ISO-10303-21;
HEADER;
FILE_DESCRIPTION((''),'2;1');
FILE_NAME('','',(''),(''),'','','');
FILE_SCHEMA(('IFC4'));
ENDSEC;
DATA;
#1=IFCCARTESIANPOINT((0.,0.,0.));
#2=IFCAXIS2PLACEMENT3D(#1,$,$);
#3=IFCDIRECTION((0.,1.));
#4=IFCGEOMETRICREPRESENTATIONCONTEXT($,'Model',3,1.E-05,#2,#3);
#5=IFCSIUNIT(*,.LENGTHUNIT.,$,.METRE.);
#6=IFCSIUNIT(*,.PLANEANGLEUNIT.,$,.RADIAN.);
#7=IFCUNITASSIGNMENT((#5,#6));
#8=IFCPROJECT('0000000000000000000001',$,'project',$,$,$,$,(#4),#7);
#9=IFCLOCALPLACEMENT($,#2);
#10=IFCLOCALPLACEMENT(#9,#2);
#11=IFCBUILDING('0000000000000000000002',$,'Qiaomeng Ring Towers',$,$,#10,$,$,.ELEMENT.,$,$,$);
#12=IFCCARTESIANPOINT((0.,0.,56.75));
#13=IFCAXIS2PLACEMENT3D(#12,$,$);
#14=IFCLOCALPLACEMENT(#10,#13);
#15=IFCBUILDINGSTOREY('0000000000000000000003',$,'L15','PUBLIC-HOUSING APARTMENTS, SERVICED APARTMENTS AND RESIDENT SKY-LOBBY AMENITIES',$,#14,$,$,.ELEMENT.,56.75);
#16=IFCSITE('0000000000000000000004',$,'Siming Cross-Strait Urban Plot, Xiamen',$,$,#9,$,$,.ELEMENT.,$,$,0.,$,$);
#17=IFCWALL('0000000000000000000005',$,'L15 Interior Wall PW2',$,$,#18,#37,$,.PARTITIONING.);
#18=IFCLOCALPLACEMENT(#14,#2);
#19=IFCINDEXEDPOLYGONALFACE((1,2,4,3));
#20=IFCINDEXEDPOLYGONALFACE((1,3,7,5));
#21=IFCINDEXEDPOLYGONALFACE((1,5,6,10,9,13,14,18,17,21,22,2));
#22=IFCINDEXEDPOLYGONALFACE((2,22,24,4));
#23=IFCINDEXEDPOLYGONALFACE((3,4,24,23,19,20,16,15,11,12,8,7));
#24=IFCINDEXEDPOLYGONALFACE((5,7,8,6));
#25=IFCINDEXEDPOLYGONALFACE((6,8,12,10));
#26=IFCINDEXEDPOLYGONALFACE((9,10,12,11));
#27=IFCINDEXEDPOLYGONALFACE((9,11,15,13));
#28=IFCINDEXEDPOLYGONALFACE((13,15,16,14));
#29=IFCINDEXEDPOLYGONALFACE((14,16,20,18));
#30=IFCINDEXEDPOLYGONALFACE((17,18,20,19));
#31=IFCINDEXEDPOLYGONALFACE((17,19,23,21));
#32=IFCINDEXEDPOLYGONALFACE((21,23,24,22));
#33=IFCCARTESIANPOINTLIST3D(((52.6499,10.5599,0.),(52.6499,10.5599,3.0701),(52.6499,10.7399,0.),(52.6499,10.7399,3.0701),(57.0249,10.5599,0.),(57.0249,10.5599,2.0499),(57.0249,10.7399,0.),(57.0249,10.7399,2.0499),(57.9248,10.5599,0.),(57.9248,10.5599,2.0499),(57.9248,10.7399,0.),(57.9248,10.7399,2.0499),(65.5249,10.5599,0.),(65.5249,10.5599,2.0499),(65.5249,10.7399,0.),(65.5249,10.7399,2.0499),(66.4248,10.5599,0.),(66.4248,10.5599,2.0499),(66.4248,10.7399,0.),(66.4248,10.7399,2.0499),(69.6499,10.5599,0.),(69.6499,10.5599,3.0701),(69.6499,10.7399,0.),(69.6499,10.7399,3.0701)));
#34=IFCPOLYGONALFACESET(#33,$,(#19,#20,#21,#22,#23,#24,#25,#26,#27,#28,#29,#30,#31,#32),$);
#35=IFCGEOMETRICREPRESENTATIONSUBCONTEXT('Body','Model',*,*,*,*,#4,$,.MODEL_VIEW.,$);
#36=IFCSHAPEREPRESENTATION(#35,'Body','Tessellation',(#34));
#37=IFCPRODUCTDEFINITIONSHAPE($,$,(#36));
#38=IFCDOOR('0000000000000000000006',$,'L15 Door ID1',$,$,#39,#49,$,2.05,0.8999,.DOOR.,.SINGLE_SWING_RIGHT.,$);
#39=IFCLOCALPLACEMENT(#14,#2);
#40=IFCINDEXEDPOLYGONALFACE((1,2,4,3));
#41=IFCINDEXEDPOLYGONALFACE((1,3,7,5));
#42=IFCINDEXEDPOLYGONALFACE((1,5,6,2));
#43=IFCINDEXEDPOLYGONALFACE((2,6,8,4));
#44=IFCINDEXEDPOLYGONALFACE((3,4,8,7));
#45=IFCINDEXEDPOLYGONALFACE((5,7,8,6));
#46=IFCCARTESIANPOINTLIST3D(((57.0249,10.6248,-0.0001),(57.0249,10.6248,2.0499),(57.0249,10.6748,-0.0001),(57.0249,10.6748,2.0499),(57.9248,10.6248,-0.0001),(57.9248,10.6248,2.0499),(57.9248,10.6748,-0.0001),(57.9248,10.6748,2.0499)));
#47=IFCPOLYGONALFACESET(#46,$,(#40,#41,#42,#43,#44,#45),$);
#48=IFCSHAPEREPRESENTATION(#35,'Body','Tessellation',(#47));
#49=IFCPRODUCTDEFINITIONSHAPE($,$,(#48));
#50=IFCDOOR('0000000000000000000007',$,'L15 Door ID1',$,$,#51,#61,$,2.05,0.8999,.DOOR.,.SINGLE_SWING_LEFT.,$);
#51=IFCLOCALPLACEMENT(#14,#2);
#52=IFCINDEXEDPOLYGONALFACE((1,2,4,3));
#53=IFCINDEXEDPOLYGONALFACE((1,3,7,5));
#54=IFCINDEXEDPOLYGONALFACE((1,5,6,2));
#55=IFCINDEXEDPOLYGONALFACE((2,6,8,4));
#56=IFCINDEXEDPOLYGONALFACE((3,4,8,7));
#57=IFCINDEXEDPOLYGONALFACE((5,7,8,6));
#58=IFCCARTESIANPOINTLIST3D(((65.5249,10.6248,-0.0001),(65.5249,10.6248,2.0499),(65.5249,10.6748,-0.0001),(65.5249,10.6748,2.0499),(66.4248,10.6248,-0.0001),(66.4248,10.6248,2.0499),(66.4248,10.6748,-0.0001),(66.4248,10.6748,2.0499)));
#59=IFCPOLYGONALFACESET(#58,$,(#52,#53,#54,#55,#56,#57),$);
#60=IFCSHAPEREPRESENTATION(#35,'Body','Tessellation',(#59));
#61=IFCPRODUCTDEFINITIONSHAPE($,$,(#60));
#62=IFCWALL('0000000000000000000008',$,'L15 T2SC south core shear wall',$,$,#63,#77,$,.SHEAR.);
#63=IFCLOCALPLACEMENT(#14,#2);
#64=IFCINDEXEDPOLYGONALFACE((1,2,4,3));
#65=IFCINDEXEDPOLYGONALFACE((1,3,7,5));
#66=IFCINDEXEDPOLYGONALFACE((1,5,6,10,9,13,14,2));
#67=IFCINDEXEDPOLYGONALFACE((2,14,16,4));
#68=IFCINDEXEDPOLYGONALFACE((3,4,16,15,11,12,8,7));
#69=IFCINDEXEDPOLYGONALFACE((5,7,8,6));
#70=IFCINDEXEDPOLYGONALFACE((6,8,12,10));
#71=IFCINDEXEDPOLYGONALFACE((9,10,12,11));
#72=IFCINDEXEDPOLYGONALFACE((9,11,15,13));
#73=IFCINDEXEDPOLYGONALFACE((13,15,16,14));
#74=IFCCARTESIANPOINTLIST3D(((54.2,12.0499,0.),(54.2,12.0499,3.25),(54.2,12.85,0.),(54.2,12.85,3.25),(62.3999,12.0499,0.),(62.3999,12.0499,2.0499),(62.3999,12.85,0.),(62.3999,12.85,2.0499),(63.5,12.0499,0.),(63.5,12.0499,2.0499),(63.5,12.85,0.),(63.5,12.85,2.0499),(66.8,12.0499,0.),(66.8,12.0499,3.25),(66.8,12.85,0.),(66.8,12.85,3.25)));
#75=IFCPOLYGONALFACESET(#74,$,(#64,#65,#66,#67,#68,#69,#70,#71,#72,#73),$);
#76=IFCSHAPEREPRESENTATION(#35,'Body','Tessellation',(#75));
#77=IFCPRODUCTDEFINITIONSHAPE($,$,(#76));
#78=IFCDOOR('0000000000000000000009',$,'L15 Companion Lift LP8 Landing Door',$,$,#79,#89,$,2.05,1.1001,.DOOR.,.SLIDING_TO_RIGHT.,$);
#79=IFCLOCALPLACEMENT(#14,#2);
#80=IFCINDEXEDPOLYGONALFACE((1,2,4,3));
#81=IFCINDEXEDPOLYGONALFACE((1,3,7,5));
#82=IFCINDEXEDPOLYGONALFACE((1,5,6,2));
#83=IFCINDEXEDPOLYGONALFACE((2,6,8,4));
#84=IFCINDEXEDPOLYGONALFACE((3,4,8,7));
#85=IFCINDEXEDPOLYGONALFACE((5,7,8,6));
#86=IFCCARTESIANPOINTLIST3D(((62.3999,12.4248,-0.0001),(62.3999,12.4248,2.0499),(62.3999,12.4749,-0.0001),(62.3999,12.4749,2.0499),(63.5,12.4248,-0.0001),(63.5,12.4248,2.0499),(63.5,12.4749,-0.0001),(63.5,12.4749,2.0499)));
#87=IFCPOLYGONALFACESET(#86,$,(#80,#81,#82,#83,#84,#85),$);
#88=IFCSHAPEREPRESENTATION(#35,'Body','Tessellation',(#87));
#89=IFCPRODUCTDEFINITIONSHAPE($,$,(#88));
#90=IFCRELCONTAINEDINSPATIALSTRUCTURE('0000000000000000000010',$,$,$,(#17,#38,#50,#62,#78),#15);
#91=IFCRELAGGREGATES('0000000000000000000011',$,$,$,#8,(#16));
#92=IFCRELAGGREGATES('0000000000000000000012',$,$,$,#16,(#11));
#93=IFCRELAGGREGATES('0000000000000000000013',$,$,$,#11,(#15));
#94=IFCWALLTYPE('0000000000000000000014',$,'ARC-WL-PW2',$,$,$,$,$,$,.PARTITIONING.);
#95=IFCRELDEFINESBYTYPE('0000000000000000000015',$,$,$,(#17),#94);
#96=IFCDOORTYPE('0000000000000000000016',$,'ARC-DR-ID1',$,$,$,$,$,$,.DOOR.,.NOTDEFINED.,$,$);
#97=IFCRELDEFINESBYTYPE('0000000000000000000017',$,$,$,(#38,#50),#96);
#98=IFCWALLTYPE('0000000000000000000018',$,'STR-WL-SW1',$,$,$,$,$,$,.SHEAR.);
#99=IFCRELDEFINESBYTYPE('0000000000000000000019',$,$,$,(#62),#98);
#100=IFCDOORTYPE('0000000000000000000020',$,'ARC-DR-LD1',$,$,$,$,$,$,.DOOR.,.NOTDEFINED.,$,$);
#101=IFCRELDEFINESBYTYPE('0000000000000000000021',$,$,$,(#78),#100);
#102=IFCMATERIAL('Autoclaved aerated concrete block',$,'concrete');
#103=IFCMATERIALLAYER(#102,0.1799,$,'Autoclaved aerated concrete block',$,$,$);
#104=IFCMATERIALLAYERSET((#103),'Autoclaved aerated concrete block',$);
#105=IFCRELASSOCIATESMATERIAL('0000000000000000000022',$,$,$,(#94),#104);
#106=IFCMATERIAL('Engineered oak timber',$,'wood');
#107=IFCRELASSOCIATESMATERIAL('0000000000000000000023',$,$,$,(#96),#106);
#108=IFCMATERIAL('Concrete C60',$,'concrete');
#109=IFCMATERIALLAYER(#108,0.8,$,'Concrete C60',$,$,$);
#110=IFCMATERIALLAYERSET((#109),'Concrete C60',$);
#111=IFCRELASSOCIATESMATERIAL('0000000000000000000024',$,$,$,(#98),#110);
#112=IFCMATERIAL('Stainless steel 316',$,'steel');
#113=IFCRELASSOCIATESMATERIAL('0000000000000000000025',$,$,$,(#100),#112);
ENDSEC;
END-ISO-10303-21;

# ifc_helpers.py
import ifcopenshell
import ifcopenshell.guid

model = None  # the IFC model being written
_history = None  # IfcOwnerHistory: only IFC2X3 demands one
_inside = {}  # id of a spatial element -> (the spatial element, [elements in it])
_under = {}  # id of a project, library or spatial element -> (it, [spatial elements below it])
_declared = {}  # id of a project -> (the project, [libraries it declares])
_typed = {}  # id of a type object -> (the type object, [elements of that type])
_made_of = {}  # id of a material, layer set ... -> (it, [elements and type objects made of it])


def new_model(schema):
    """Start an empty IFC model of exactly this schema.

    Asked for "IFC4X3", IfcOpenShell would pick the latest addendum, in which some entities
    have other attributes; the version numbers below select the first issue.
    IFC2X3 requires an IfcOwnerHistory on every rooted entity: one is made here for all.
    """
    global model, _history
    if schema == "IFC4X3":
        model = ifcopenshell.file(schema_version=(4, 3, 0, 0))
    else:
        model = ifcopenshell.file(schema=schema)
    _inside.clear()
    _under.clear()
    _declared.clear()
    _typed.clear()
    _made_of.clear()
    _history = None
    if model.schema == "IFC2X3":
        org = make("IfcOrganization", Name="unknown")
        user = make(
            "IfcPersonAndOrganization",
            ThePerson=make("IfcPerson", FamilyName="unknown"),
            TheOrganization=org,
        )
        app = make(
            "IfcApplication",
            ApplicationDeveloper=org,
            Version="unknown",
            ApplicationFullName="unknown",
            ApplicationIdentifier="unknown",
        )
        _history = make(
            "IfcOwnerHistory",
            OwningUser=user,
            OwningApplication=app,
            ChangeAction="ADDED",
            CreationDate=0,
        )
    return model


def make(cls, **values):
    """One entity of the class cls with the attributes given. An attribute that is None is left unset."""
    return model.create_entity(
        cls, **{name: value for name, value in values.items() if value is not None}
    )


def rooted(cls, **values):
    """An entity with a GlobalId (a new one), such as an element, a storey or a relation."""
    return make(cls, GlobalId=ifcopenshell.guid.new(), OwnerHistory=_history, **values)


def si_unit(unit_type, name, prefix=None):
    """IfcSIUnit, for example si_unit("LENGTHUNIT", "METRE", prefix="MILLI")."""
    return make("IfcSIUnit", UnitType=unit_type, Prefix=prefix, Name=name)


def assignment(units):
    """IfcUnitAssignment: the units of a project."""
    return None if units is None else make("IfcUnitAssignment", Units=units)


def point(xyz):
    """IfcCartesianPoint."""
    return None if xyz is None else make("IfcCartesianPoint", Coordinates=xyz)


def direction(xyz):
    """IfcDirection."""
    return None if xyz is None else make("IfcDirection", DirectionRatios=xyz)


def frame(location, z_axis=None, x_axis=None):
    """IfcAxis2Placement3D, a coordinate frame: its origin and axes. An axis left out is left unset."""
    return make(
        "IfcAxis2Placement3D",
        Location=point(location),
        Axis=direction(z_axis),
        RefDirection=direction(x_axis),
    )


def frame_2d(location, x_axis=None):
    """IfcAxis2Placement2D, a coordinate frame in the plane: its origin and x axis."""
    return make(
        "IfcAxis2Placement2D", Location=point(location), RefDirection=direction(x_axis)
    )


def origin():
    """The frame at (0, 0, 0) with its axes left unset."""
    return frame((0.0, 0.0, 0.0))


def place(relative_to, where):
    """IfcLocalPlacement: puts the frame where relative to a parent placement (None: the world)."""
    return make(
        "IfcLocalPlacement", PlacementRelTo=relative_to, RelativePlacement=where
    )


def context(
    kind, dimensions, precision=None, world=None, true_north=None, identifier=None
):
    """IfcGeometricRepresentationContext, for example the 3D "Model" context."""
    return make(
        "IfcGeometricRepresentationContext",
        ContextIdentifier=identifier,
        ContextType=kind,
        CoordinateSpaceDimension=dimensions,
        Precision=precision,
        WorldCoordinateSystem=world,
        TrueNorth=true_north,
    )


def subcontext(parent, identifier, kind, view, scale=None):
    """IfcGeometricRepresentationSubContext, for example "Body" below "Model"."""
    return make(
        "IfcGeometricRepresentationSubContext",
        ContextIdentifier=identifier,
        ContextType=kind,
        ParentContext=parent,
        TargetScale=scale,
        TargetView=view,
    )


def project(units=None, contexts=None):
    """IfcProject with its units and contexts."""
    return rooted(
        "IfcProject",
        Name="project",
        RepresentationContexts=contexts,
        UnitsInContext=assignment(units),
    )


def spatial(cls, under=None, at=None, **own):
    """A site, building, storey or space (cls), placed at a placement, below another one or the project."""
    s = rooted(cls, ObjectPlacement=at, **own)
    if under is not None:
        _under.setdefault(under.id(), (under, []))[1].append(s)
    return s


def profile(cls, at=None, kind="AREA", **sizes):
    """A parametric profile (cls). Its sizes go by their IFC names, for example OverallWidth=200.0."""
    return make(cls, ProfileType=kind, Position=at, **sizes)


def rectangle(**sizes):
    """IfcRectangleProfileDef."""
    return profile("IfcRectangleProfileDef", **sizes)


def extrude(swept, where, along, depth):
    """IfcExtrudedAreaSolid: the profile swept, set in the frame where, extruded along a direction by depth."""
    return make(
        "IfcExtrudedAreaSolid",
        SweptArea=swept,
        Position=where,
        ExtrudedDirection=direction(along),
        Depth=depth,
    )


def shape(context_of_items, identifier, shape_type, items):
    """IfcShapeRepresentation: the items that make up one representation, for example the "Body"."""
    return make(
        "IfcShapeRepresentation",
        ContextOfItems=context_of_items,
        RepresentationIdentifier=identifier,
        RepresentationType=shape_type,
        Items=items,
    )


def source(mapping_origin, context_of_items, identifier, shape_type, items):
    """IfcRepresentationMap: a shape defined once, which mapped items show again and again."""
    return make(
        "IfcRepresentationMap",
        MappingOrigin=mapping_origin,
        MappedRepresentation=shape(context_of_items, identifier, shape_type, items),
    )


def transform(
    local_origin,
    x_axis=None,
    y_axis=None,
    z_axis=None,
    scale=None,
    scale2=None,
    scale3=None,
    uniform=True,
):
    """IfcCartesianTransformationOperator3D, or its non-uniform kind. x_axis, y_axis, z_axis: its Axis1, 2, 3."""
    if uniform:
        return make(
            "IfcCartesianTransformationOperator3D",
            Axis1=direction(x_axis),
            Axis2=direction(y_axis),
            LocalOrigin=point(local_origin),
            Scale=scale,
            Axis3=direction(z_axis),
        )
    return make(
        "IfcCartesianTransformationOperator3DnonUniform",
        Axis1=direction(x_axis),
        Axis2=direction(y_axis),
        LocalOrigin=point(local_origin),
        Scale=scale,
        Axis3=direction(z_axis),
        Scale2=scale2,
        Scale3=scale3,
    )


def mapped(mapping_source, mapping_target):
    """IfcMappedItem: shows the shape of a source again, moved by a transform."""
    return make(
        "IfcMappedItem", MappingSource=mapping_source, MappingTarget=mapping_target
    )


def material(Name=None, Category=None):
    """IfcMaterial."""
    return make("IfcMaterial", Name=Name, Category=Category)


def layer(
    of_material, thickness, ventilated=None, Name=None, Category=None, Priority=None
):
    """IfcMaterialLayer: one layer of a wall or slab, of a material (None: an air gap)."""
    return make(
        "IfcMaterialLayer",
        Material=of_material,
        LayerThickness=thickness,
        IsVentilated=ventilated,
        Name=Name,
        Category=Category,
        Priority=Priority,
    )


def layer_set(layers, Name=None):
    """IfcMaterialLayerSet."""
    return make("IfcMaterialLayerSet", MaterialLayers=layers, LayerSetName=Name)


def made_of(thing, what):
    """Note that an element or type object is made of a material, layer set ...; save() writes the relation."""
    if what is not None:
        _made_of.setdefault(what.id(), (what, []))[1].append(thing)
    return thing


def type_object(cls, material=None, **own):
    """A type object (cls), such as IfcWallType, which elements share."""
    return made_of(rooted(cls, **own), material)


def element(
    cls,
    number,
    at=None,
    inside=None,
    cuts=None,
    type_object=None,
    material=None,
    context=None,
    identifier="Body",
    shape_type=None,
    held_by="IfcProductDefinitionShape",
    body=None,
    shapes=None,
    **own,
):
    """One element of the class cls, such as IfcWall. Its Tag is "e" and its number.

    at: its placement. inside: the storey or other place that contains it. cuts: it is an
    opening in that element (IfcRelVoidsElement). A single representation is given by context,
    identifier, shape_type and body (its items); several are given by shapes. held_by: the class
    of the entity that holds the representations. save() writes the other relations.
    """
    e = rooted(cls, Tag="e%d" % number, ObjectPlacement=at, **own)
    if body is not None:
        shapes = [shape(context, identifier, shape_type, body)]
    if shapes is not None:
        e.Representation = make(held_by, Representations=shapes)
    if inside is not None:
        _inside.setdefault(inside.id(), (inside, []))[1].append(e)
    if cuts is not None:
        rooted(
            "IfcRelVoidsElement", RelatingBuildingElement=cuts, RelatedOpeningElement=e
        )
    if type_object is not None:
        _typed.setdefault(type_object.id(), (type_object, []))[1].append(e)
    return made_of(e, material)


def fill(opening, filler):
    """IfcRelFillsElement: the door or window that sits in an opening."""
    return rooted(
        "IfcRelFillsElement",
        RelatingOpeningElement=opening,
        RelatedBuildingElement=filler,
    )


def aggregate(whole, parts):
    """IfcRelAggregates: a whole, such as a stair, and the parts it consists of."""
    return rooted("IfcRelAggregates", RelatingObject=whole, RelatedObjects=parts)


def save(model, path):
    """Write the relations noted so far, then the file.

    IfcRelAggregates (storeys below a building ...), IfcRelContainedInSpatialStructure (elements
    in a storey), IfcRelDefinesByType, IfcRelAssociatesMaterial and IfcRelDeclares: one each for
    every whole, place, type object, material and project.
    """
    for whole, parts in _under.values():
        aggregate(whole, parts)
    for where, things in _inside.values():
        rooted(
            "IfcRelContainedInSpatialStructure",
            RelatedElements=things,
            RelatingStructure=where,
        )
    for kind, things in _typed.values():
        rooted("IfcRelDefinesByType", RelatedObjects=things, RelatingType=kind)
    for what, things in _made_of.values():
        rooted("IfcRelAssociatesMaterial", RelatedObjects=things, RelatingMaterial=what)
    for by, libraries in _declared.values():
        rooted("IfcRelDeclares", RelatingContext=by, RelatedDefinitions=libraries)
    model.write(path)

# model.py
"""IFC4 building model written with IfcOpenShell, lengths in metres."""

from ifc_helpers import new_model, si_unit, direction, frame, frame_2d, origin, place, context, subcontext, project, spatial, rectangle, extrude, source, transform, mapped, material, layer, layer_set, type_object, element, fill, save


model = new_model("IFC4")

# Units and contexts
model_context = context("Model", 3, precision=1e-05, world=origin(), true_north=direction((0.0, 1.0)))
body_context = subcontext(model_context, "Body", "Model", "MODEL_VIEW")
ifc_project = project(units=[si_unit("LENGTHUNIT", "METRE"), si_unit("PLANEANGLEUNIT", "RADIAN")], contexts=[model_context])

# Site, building, storey
site_placement = place(None, origin())
site = spatial("IfcSite", under=ifc_project, at=site_placement, Name="Siming Cross-Strait Urban Plot, Xiamen", CompositionType="ELEMENT", RefElevation=0.0)
building_placement = place(site_placement, origin())
building = spatial("IfcBuilding", under=site, at=building_placement, Name="Qiaomeng Ring Towers", CompositionType="ELEMENT")
storey_placement = place(building_placement, frame((0.0, 0.0, 56.75)))
storey = spatial("IfcBuildingStorey", under=building, at=storey_placement, Name="L15", Description="PUBLIC-HOUSING APARTMENTS, SERVICED APARTMENTS AND RESIDENT SKY-LOBBY AMENITIES", CompositionType="ELEMENT", Elevation=56.75)

# Shared definitions
ifc_material_1 = material(Name="Concrete C60", Category="concrete")

# Wall, openings, doors
ifc_material_2 = material(Name="Autoclaved aerated concrete block", Category="concrete")
ifc_layer_1 = layer(ifc_material_2, 0.1799, Name="Autoclaved aerated concrete block")
ifc_layer_set_1 = layer_set([ifc_layer_1], Name="Autoclaved aerated concrete block")
wall_type_1 = type_object("IfcWallType", Name="ARC-WL-PW2", PredefinedType="PARTITIONING", material=ifc_layer_set_1)
ifc_material_3 = material(Name="Engineered oak timber", Category="wood")
door_type_1 = type_object("IfcDoorType", Name="ARC-DR-ID1", OperationType="NOTDEFINED", PredefinedType="DOOR", material=ifc_material_3)
shared_shape_1 = source(origin(), body_context, "Body", "SweptSolid", [
    extrude(rectangle(XDim=0.8999, YDim=2.05, at=frame_2d((0.45, 1.0249))), frame((0.0, 0.0249, 0.0), z_axis=(0.0, -1.0, 0.0), x_axis=(1.0, 0.0, 0.0)), (0.0, 0.0, 1.0), 0.05),
])
wall_1_placement = place(storey_placement, frame((52.6499, 10.6499, 0.0), z_axis=(0.0, 0.0, 1.0), x_axis=(1.0, 0.0, 0.0)))
wall_1 = element("IfcWall", 1, at=wall_1_placement, inside=storey, type_object=wall_type_1, Name="L15 Interior Wall PW2", PredefinedType="PARTITIONING", context=body_context, shape_type="SweptSolid", body=[
    extrude(rectangle(XDim=17.0, YDim=0.1799, at=frame_2d((8.5, 0.0))), origin(), (0.0, 0.0, 1.0), 3.0701),
])
opening_1_placement = place(wall_1_placement, frame((4.375, 0.0, 0.0)))
opening_1 = element("IfcOpeningElement", 2, at=opening_1_placement, cuts=wall_1, PredefinedType="OPENING", context=body_context, shape_type="SweptSolid", body=[
    extrude(rectangle(XDim=0.8999, YDim=2.05, at=frame_2d((0.45, 1.0249))), frame((0.0, 0.0999, 0.0), z_axis=(0.0, -1.0, 0.0), x_axis=(1.0, 0.0, 0.0)), (0.0, 0.0, 1.0), 0.2),
])
opening_2_placement = place(wall_1_placement, frame((12.875, 0.0, 0.0)))
opening_2 = element("IfcOpeningElement", 3, at=opening_2_placement, cuts=wall_1, PredefinedType="OPENING", context=body_context, shape_type="SweptSolid", body=[
    extrude(rectangle(XDim=0.8999, YDim=2.05, at=frame_2d((0.45, 1.0249))), frame((0.0, 0.0999, 0.0), z_axis=(0.0, -1.0, 0.0), x_axis=(1.0, 0.0, 0.0)), (0.0, 0.0, 1.0), 0.2),
])
door_1_placement = place(opening_1_placement, origin())
door_1 = element("IfcDoor", 4, at=door_1_placement, inside=storey, type_object=door_type_1, Name="L15 Door ID1", OperationType="SINGLE_SWING_RIGHT", OverallHeight=2.05, OverallWidth=0.8999, PredefinedType="DOOR", context=body_context, shape_type="MappedRepresentation", body=[
    mapped(shared_shape_1, transform((0.0, 0.0, 0.0), x_axis=(1.0, 0.0, 0.0), y_axis=(0.0, 1.0, 0.0), z_axis=(0.0, 0.0, 1.0), scale=1.0)),
])
fill(opening_1, door_1)
door_2_placement = place(opening_2_placement, origin())
door_2 = element("IfcDoor", 5, at=door_2_placement, inside=storey, type_object=door_type_1, Name="L15 Door ID1", OperationType="SINGLE_SWING_LEFT", OverallHeight=2.05, OverallWidth=0.8999, PredefinedType="DOOR", context=body_context, shape_type="MappedRepresentation", body=[
    mapped(shared_shape_1, transform((0.0, 0.0, 0.0), x_axis=(1.0, 0.0, 0.0), y_axis=(0.0, 1.0, 0.0), z_axis=(0.0, 0.0, 1.0), scale=1.0)),
])
fill(opening_2, door_2)

# Wall, opening, door
ifc_layer_2 = layer(ifc_material_1, 0.8, Name="Concrete C60")
ifc_layer_set_2 = layer_set([ifc_layer_2], Name="Concrete C60")
wall_type_2 = type_object("IfcWallType", Name="STR-WL-SW1", PredefinedType="SHEAR", material=ifc_layer_set_2)
wall_2_placement = place(storey_placement, frame((54.2, 12.45, 0.0), z_axis=(0.0, 0.0, 1.0), x_axis=(1.0, 0.0, 0.0)))
wall_2 = element("IfcWall", 6, at=wall_2_placement, inside=storey, type_object=wall_type_2, Name="L15 T2SC south core shear wall", PredefinedType="SHEAR", context=body_context, shape_type="SweptSolid", body=[
    extrude(rectangle(XDim=12.6001, YDim=0.8, at=frame_2d((6.3, 0.0))), origin(), (0.0, 0.0, 1.0), 3.25),
])
opening_3_placement = place(wall_2_placement, frame((8.2, 0.0, 0.0)))
opening_3 = element("IfcOpeningElement", 7, at=opening_3_placement, cuts=wall_2, PredefinedType="OPENING", context=body_context, shape_type="SweptSolid", body=[
    extrude(rectangle(XDim=1.1001, YDim=2.05, at=frame_2d((0.55, 1.0249))), frame((0.0, 0.4099, 0.0), z_axis=(0.0, -1.0, 0.0), x_axis=(1.0, 0.0, 0.0)), (0.0, 0.0, 1.0), 0.8201),
])
ifc_material_4 = material(Name="Stainless steel 316", Category="steel")
door_type_2 = type_object("IfcDoorType", Name="ARC-DR-LD1", OperationType="NOTDEFINED", PredefinedType="DOOR", material=ifc_material_4)
shared_shape_2 = source(origin(), body_context, "Body", "SweptSolid", [
    extrude(rectangle(XDim=1.1001, YDim=2.05, at=frame_2d((0.55, 1.0249))), frame((0.0, 0.0249, 0.0), z_axis=(0.0, -1.0, 0.0), x_axis=(1.0, 0.0, 0.0)), (0.0, 0.0, 1.0), 0.05),
])
door_3_placement = place(opening_3_placement, origin())
door_3 = element("IfcDoor", 8, at=door_3_placement, inside=storey, type_object=door_type_2, Name="L15 Companion Lift LP8 Landing Door", OperationType="SLIDING_TO_RIGHT", OverallHeight=2.05, OverallWidth=1.1001, PredefinedType="DOOR", context=body_context, shape_type="MappedRepresentation", body=[
    mapped(shared_shape_2, transform((0.0, 0.0, 0.0), x_axis=(1.0, 0.0, 0.0), y_axis=(0.0, 1.0, 0.0), z_axis=(0.0, 0.0, 1.0), scale=1.0)),
])
fill(opening_3, door_3)

save(model, "model.ifc")
